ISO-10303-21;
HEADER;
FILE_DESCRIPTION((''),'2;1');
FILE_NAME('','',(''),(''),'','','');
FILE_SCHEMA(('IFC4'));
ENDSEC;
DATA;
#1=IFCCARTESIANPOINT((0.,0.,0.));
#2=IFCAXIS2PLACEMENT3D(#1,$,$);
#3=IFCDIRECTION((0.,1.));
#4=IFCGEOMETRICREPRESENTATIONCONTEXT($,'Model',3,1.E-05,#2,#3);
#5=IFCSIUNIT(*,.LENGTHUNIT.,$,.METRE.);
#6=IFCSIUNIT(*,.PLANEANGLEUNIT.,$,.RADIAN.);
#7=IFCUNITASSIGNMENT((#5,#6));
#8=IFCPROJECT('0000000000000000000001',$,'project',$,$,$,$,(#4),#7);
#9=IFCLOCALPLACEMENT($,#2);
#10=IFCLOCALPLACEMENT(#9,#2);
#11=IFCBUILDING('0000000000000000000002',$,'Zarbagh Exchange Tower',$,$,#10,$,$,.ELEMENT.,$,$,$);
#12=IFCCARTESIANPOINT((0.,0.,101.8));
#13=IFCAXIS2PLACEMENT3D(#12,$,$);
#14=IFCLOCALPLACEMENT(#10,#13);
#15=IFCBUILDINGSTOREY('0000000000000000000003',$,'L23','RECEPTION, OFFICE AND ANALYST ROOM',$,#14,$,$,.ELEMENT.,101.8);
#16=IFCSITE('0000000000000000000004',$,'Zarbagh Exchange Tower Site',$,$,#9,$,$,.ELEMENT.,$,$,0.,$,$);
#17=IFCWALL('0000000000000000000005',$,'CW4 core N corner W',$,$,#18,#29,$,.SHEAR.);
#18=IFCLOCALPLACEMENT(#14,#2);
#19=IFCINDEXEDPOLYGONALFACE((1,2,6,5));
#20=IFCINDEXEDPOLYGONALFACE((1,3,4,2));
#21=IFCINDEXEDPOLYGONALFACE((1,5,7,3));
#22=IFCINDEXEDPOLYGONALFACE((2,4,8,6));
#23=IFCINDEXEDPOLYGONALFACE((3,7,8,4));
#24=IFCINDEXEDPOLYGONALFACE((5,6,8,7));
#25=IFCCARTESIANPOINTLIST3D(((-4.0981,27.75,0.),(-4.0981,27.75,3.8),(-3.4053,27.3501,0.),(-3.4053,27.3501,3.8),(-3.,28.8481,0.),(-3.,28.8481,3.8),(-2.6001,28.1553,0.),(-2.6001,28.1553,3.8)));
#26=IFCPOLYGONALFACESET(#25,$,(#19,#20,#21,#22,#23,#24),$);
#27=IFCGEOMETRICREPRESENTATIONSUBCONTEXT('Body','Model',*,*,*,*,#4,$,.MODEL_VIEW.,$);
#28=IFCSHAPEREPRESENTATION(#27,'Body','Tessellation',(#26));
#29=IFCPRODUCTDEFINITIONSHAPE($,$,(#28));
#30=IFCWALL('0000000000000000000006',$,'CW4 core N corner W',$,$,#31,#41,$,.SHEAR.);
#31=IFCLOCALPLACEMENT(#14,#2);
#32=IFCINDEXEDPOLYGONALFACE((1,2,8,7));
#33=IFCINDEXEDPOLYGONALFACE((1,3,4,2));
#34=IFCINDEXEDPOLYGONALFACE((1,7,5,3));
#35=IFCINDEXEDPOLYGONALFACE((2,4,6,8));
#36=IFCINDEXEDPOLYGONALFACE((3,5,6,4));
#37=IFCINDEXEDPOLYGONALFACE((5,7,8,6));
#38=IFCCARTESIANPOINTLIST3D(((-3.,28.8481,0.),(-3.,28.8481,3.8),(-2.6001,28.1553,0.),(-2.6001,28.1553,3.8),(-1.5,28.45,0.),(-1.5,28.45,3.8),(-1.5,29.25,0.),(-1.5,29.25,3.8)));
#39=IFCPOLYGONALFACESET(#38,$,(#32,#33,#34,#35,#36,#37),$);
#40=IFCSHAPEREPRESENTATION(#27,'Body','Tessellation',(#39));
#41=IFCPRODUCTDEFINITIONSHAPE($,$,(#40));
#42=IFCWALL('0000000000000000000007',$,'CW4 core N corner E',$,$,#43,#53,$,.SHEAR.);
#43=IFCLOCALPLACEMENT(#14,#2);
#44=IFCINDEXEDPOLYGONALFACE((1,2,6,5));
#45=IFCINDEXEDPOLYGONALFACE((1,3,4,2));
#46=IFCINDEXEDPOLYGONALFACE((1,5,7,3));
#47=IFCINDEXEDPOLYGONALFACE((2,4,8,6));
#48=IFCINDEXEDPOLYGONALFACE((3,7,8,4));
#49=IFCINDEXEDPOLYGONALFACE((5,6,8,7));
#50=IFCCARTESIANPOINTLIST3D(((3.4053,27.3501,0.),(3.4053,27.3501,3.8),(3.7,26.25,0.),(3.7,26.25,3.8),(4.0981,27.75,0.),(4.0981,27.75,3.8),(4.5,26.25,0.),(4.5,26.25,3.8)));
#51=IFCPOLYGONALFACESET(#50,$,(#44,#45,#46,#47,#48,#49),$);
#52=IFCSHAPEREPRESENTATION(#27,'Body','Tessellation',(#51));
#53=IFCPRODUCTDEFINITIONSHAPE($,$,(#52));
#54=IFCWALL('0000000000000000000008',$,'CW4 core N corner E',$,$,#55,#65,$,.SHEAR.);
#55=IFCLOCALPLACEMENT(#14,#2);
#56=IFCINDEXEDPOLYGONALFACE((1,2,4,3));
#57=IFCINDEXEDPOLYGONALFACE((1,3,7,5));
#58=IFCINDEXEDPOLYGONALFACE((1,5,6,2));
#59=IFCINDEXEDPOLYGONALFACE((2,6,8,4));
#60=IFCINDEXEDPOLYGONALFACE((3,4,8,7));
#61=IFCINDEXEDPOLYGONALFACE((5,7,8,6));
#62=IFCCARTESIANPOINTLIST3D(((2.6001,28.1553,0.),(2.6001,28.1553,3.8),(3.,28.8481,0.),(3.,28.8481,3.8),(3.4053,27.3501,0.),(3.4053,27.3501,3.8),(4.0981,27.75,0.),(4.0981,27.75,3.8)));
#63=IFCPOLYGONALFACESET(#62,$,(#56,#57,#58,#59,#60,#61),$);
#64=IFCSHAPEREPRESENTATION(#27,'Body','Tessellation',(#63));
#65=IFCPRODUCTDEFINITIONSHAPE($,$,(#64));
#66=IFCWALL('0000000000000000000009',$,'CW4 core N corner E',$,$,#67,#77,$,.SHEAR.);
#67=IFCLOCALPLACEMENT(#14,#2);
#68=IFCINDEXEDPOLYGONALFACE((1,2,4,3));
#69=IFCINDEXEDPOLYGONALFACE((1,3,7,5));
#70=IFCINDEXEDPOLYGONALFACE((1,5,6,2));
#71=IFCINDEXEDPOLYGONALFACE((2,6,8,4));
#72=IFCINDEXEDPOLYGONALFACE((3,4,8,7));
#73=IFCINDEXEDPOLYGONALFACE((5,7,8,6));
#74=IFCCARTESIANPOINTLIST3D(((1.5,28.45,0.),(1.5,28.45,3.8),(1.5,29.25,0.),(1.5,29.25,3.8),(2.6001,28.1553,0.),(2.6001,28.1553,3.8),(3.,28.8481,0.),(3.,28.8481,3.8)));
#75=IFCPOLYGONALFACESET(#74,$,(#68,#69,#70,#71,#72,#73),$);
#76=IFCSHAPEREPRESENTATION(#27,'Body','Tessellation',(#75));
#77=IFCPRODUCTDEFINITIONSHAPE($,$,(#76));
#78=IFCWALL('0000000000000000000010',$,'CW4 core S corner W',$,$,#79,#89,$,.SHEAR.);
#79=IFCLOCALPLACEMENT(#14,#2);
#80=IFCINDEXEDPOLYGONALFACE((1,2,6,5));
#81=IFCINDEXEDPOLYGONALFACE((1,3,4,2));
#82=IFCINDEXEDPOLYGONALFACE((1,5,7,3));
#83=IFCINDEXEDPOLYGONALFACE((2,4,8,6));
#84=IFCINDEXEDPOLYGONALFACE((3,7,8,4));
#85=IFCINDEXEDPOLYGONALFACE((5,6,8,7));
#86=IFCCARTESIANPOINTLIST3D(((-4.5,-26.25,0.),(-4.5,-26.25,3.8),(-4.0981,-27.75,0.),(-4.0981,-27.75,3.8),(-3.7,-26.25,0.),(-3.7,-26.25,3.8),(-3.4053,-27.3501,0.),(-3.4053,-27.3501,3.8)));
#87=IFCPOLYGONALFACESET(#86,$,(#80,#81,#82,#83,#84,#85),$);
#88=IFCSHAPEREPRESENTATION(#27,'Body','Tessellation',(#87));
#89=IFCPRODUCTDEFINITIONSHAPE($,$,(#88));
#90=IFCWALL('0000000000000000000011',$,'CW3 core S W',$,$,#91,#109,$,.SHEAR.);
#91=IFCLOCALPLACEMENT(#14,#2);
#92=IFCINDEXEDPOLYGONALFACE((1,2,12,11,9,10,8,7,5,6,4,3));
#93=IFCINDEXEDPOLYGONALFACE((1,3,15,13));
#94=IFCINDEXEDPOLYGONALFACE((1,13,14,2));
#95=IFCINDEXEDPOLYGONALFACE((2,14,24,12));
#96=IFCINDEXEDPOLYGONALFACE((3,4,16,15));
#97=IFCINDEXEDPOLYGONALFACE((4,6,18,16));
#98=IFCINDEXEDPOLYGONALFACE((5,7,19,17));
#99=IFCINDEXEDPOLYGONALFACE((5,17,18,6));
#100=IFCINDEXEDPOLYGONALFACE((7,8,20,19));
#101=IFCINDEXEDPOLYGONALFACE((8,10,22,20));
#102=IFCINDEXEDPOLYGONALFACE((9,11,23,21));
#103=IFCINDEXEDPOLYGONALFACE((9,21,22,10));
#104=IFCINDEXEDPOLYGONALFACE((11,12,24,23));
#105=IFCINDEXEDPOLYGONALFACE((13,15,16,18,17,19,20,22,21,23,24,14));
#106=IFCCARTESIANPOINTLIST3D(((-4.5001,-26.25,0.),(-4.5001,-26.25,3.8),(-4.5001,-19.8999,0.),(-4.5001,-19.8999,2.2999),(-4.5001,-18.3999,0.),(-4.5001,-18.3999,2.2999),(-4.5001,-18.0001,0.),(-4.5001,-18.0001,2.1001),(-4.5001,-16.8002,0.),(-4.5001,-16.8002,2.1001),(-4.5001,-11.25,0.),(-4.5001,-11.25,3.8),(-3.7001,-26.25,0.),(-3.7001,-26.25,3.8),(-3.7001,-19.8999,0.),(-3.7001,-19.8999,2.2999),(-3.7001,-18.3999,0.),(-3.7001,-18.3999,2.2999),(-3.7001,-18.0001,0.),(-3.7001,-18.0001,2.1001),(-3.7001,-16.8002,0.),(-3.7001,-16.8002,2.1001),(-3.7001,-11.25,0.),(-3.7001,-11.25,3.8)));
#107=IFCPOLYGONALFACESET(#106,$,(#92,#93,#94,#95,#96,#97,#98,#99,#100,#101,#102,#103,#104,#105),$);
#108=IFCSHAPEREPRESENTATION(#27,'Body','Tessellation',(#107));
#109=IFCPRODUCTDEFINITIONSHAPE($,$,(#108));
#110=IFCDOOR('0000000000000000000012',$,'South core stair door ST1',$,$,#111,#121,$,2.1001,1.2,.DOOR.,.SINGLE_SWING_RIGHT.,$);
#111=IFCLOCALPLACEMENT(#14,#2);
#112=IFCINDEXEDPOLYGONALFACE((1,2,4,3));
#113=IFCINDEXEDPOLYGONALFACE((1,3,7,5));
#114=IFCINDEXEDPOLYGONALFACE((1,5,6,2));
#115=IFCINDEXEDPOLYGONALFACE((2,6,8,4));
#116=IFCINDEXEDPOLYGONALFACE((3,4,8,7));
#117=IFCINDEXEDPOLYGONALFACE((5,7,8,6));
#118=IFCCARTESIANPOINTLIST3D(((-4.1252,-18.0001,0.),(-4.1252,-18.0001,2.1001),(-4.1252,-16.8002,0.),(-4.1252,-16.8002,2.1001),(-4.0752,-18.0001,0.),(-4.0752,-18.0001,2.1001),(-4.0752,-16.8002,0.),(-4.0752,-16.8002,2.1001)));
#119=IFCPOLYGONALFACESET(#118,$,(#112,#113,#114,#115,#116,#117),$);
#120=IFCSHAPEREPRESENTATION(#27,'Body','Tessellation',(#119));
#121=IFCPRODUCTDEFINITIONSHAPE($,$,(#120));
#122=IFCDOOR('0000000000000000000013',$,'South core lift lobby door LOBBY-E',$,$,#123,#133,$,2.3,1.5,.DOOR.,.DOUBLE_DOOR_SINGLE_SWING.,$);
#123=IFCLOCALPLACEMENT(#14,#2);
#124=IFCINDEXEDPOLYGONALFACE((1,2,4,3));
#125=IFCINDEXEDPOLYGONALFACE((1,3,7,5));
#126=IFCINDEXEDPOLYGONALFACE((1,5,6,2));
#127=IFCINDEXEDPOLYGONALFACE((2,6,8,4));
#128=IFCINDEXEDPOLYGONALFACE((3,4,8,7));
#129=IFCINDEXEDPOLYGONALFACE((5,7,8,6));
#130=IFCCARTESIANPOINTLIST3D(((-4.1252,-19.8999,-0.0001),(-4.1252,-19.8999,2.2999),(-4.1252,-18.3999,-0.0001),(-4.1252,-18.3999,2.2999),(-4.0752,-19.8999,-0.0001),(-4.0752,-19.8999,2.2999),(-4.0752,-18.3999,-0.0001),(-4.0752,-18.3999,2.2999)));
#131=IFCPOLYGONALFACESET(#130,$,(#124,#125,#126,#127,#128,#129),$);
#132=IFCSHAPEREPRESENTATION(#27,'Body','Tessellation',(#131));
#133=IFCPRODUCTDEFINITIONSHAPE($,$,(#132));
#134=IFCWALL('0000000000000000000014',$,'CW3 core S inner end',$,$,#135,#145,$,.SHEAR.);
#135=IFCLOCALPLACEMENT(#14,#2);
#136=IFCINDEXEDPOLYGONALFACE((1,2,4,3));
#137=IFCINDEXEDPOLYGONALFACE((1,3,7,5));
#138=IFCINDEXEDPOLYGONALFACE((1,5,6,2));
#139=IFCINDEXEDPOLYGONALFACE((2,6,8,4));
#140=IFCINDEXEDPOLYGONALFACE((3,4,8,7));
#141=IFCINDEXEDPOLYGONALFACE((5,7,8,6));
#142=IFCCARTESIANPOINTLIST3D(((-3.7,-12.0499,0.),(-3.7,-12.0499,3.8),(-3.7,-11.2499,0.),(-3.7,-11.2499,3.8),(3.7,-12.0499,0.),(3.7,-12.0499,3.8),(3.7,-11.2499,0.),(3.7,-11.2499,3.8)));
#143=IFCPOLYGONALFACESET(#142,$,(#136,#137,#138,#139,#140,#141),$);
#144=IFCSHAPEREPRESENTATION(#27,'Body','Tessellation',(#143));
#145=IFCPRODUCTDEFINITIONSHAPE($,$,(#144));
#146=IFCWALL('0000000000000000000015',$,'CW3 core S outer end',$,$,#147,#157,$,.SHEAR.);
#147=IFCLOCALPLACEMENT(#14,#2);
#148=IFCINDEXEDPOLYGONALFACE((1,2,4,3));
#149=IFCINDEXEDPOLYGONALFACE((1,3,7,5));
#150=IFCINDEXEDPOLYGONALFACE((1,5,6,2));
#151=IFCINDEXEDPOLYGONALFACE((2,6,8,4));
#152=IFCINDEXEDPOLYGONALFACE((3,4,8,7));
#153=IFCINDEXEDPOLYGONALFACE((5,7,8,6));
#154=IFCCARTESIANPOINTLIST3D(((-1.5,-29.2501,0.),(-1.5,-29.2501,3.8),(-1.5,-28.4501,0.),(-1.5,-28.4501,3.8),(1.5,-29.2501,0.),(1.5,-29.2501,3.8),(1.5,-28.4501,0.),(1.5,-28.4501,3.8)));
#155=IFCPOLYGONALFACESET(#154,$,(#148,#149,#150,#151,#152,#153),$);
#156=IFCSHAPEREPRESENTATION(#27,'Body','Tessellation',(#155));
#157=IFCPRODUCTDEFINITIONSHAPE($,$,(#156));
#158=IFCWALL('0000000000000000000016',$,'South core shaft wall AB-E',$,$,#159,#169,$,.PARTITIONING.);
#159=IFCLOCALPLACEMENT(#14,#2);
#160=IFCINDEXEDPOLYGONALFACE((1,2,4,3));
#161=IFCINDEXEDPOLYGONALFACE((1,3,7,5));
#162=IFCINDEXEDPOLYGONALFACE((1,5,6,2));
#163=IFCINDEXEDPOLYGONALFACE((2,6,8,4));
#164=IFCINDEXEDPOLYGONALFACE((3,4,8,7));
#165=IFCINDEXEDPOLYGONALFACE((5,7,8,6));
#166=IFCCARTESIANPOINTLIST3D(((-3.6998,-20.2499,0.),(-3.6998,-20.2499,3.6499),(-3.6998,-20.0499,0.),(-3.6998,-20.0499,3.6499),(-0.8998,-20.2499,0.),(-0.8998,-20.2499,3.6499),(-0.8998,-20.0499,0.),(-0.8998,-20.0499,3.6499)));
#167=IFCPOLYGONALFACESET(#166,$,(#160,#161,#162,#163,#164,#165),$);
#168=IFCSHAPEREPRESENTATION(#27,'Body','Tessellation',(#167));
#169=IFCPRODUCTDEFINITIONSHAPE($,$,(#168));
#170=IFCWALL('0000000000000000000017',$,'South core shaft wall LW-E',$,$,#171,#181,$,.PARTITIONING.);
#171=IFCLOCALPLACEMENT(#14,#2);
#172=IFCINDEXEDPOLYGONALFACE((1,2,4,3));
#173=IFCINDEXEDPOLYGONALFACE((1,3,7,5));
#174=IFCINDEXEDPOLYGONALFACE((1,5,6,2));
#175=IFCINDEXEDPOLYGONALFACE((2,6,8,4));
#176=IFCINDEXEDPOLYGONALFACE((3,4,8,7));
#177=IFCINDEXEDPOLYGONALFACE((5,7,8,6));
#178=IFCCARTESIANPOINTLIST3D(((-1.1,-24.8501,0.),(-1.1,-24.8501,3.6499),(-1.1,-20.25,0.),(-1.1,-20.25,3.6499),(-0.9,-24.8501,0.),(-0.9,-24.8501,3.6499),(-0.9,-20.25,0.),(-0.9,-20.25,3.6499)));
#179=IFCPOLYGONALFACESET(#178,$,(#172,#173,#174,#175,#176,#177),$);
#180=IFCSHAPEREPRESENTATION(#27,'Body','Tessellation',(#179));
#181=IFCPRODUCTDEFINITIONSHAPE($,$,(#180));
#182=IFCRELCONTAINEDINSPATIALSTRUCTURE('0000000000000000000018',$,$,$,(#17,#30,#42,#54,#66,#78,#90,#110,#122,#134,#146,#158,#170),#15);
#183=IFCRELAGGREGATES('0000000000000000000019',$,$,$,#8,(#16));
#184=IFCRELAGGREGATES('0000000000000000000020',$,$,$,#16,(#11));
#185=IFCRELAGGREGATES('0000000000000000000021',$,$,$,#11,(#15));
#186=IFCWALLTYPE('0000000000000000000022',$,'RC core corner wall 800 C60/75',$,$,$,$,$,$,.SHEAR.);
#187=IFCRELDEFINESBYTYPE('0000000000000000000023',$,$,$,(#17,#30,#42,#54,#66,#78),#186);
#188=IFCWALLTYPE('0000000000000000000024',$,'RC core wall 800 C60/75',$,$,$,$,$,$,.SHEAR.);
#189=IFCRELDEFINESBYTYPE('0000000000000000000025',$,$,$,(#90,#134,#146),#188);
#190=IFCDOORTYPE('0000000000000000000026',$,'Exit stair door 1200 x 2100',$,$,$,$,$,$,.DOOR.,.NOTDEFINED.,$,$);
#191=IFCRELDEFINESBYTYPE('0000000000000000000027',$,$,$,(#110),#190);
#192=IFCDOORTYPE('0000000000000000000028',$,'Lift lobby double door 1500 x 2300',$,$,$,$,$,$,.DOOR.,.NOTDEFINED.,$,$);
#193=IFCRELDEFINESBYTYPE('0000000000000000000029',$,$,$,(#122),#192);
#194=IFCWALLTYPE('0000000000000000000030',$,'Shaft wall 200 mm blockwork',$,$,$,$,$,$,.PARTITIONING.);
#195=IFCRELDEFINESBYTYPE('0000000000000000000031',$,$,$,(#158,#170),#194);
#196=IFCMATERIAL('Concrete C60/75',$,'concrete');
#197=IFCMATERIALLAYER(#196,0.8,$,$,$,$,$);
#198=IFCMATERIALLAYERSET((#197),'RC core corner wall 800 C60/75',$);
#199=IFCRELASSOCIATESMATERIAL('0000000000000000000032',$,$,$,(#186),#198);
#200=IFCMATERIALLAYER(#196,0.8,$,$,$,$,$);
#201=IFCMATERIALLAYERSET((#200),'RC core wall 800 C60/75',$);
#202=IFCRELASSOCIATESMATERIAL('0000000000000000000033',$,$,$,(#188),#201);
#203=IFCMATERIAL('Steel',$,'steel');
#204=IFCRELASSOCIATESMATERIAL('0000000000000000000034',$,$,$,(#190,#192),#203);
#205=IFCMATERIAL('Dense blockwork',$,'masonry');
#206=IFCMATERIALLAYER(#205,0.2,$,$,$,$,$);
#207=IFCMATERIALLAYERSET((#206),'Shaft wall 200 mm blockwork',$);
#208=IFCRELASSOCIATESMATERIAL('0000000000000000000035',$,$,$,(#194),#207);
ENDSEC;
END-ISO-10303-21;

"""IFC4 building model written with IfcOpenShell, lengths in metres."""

from ifc_helpers import new_model, si_unit, direction, frame, frame_2d, origin, place, context, subcontext, project, spatial, polyline, rectangle, outline, extrude, material, layer, layer_set, type_object, element, fill, save


model = new_model("IFC4")

# Units and contexts
model_context = context("Model", 3, precision=1e-05, world=origin(), true_north=direction((0.0, 1.0)))
body_context = subcontext(model_context, "Body", "Model", "MODEL_VIEW")
ifc_project = project(units=[si_unit("LENGTHUNIT", "METRE"), si_unit("PLANEANGLEUNIT", "RADIAN")], contexts=[model_context])

# Site, building, storey
site_placement = place(None, origin())
site = spatial("IfcSite", under=ifc_project, at=site_placement, Name="Zarbagh Exchange Tower Site", CompositionType="ELEMENT", RefElevation=0.0)
building_placement = place(site_placement, origin())
building = spatial("IfcBuilding", under=site, at=building_placement, Name="Zarbagh Exchange Tower", CompositionType="ELEMENT")
storey_placement = place(building_placement, frame((0.0, 0.0, 101.8)))
storey = spatial("IfcBuildingStorey", under=building, at=storey_placement, Name="L23", Description="RECEPTION, OFFICE AND ANALYST ROOM", CompositionType="ELEMENT", Elevation=101.8)

# Shared definitions
ifc_material_1 = material(Name="Concrete C60/75", Category="concrete")

# Walls
ifc_layer_1 = layer(ifc_material_1, 0.8)
ifc_layer_set_1 = layer_set([ifc_layer_1], Name="RC core corner wall 800 C60/75")
wall_type_1 = type_object("IfcWallType", Name="RC core corner wall 800 C60/75", PredefinedType="SHEAR", material=ifc_layer_set_1)
wall_1_placement = place(storey_placement, origin())
element("IfcWall", 1, at=wall_1_placement, inside=storey, type_object=wall_type_1, Name="CW4 core N corner W", PredefinedType="SHEAR", context=body_context, shape_type="SweptSolid", body=[
    extrude(outline(polyline([(-4.0981, 27.75), (-3.0, 28.8481), (-2.6001, 28.1553), (-3.4053, 27.3501), (-4.0981, 27.75)])), origin(), (0.0, 0.0, 1.0), 3.8),
])
wall_2_placement = place(storey_placement, origin())
element("IfcWall", 2, at=wall_2_placement, inside=storey, type_object=wall_type_1, Name="CW4 core N corner W", PredefinedType="SHEAR", context=body_context, shape_type="SweptSolid", body=[
    extrude(outline(polyline([(-3.0, 28.8481), (-1.5, 29.25), (-1.5, 28.45), (-2.6001, 28.1553), (-3.0, 28.8481)])), origin(), (0.0, 0.0, 1.0), 3.8),
])
wall_3_placement = place(storey_placement, origin())
element("IfcWall", 3, at=wall_3_placement, inside=storey, type_object=wall_type_1, Name="CW4 core N corner E", PredefinedType="SHEAR", context=body_context, shape_type="SweptSolid", body=[
    extrude(outline(polyline([(4.5, 26.25), (4.0981, 27.75), (3.4053, 27.3501), (3.7, 26.25), (4.5, 26.25)])), origin(), (0.0, 0.0, 1.0), 3.8),
])
wall_4_placement = place(storey_placement, origin())
element("IfcWall", 4, at=wall_4_placement, inside=storey, type_object=wall_type_1, Name="CW4 core N corner E", PredefinedType="SHEAR", context=body_context, shape_type="SweptSolid", body=[
    extrude(outline(polyline([(4.0981, 27.75), (3.0, 28.8481), (2.6001, 28.1553), (3.4053, 27.3501), (4.0981, 27.75)])), origin(), (0.0, 0.0, 1.0), 3.8),
])
wall_5_placement = place(storey_placement, origin())
element("IfcWall", 5, at=wall_5_placement, inside=storey, type_object=wall_type_1, Name="CW4 core N corner E", PredefinedType="SHEAR", context=body_context, shape_type="SweptSolid", body=[
    extrude(outline(polyline([(3.0, 28.8481), (1.5, 29.25), (1.5, 28.45), (2.6001, 28.1553), (3.0, 28.8481)])), origin(), (0.0, 0.0, 1.0), 3.8),
])
wall_6_placement = place(storey_placement, origin())
element("IfcWall", 6, at=wall_6_placement, inside=storey, type_object=wall_type_1, Name="CW4 core S corner W", PredefinedType="SHEAR", context=body_context, shape_type="SweptSolid", body=[
    extrude(outline(polyline([(-4.5, -26.25), (-4.0981, -27.75), (-3.4053, -27.3501), (-3.7, -26.25), (-4.5, -26.25)])), origin(), (0.0, 0.0, 1.0), 3.8),
])

# Wall, openings, doors
ifc_layer_2 = layer(ifc_material_1, 0.8)
ifc_layer_set_2 = layer_set([ifc_layer_2], Name="RC core wall 800 C60/75")
wall_type_2 = type_object("IfcWallType", Name="RC core wall 800 C60/75", PredefinedType="SHEAR", material=ifc_layer_set_2)
wall_7_placement = place(storey_placement, frame((-4.1001, -11.25, 0.0), z_axis=(0.0, 0.0, 1.0), x_axis=(0.0, -1.0, 0.0)))
wall_7 = element("IfcWall", 7, at=wall_7_placement, inside=storey, type_object=wall_type_2, Name="CW3 core S W", PredefinedType="SHEAR", context=body_context, shape_type="SweptSolid", body=[
    extrude(rectangle(XDim=15.0, YDim=0.8, at=frame_2d((7.5, 0.0))), origin(), (0.0, 0.0, 1.0), 3.8),
])
opening_1_placement = place(wall_7_placement, frame((7.1499, 0.0, 0.0)))
opening_1 = element("IfcOpeningElement", 8, at=opening_1_placement, cuts=wall_7, PredefinedType="OPENING", context=body_context, shape_type="SweptSolid", body=[
    extrude(rectangle(XDim=1.5, YDim=2.3, at=frame_2d((0.75, 1.1499))), frame((0.0, 0.4099, 0.0), z_axis=(0.0, -1.0, 0.0), x_axis=(1.0, 0.0, 0.0)), (0.0, 0.0, 1.0), 0.8201),
])
opening_2_placement = place(wall_7_placement, frame((5.55, 0.0, 0.0)))
opening_2 = element("IfcOpeningElement", 9, at=opening_2_placement, cuts=wall_7, PredefinedType="OPENING", context=body_context, shape_type="SweptSolid", body=[
    extrude(rectangle(XDim=1.2, YDim=2.1001, at=frame_2d((0.6001, 1.05))), frame((0.0, 0.4099, 0.0), z_axis=(0.0, -1.0, 0.0), x_axis=(1.0, 0.0, 0.0)), (0.0, 0.0, 1.0), 0.8201),
])
ifc_material_2 = material(Name="Steel", Category="steel")
door_type_1 = type_object("IfcDoorType", Name="Exit stair door 1200 x 2100", OperationType="NOTDEFINED", PredefinedType="DOOR", material=ifc_material_2)
door_1_placement = place(opening_2_placement, origin())
door_1 = element("IfcDoor", 10, at=door_1_placement, inside=storey, type_object=door_type_1, Name="South core stair door ST1", OperationType="SINGLE_SWING_RIGHT", OverallHeight=2.1001, OverallWidth=1.2, PredefinedType="DOOR", context=body_context, shape_type="SweptSolid", body=[
    extrude(rectangle(XDim=1.2, YDim=2.1001, at=frame_2d((0.6001, 1.05))), frame((0.0, 0.0249, 0.0), z_axis=(0.0, -1.0, 0.0), x_axis=(1.0, 0.0, 0.0)), (0.0, 0.0, 1.0), 0.05),
])
fill(opening_2, door_1)
door_type_2 = type_object("IfcDoorType", Name="Lift lobby double door 1500 x 2300", OperationType="NOTDEFINED", PredefinedType="DOOR", material=ifc_material_2)
door_2_placement = place(opening_1_placement, origin())
door_2 = element("IfcDoor", 11, at=door_2_placement, inside=storey, type_object=door_type_2, Name="South core lift lobby door LOBBY-E", OperationType="DOUBLE_DOOR_SINGLE_SWING", OverallHeight=2.3, OverallWidth=1.5, PredefinedType="DOOR", context=body_context, shape_type="SweptSolid", body=[
    extrude(rectangle(XDim=1.5, YDim=2.3, at=frame_2d((0.75, 1.1499))), frame((0.0, 0.0249, 0.0), z_axis=(0.0, -1.0, 0.0), x_axis=(1.0, 0.0, 0.0)), (0.0, 0.0, 1.0), 0.05),
])
fill(opening_1, door_2)

# Walls
wall_8_placement = place(storey_placement, frame((-3.7, -11.6499, 0.0), z_axis=(0.0, 0.0, 1.0), x_axis=(1.0, 0.0, 0.0)))
element("IfcWall", 12, at=wall_8_placement, inside=storey, type_object=wall_type_2, Name="CW3 core S inner end", PredefinedType="SHEAR", context=body_context, shape_type="SweptSolid", body=[
    extrude(rectangle(XDim=7.3999, YDim=0.8, at=frame_2d((3.7, 0.0))), origin(), (0.0, 0.0, 1.0), 3.8),
])
wall_9_placement = place(storey_placement, frame((-1.5, -28.8501, 0.0), z_axis=(0.0, 0.0, 1.0), x_axis=(1.0, 0.0, 0.0)))
element("IfcWall", 13, at=wall_9_placement, inside=storey, type_object=wall_type_2, Name="CW3 core S outer end", PredefinedType="SHEAR", context=body_context, shape_type="SweptSolid", body=[
    extrude(rectangle(XDim=3.0, YDim=0.8, at=frame_2d((1.5, 0.0))), origin(), (0.0, 0.0, 1.0), 3.8),
])
ifc_material_3 = material(Name="Dense blockwork", Category="masonry")
ifc_layer_3 = layer(ifc_material_3, 0.2)
ifc_layer_set_3 = layer_set([ifc_layer_3], Name="Shaft wall 200 mm blockwork")
wall_type_3 = type_object("IfcWallType", Name="Shaft wall 200 mm blockwork", PredefinedType="PARTITIONING", material=ifc_layer_set_3)
wall_10_placement = place(storey_placement, frame((-0.8999, -20.1499, 0.0), z_axis=(0.0, 0.0, 1.0), x_axis=(-1.0, 0.0, 0.0)))
element("IfcWall", 14, at=wall_10_placement, inside=storey, type_object=wall_type_3, Name="South core shaft wall AB-E", PredefinedType="PARTITIONING", context=body_context, shape_type="SweptSolid", body=[
    extrude(rectangle(XDim=2.8, YDim=0.2, at=frame_2d((1.3999, 0.0))), origin(), (0.0, 0.0, 1.0), 3.6499),
])
wall_11_placement = place(storey_placement, frame((-1.0, -24.8501, 0.0), z_axis=(0.0, 0.0, 1.0), x_axis=(0.0, 1.0, 0.0)))
element("IfcWall", 15, at=wall_11_placement, inside=storey, type_object=wall_type_3, Name="South core shaft wall LW-E", PredefinedType="PARTITIONING", context=body_context, shape_type="SweptSolid", body=[
    extrude(rectangle(XDim=4.6001, YDim=0.2, at=frame_2d((2.3, 0.0))), origin(), (0.0, 0.0, 1.0), 3.6499),
])

save(model, "model.ifc")
